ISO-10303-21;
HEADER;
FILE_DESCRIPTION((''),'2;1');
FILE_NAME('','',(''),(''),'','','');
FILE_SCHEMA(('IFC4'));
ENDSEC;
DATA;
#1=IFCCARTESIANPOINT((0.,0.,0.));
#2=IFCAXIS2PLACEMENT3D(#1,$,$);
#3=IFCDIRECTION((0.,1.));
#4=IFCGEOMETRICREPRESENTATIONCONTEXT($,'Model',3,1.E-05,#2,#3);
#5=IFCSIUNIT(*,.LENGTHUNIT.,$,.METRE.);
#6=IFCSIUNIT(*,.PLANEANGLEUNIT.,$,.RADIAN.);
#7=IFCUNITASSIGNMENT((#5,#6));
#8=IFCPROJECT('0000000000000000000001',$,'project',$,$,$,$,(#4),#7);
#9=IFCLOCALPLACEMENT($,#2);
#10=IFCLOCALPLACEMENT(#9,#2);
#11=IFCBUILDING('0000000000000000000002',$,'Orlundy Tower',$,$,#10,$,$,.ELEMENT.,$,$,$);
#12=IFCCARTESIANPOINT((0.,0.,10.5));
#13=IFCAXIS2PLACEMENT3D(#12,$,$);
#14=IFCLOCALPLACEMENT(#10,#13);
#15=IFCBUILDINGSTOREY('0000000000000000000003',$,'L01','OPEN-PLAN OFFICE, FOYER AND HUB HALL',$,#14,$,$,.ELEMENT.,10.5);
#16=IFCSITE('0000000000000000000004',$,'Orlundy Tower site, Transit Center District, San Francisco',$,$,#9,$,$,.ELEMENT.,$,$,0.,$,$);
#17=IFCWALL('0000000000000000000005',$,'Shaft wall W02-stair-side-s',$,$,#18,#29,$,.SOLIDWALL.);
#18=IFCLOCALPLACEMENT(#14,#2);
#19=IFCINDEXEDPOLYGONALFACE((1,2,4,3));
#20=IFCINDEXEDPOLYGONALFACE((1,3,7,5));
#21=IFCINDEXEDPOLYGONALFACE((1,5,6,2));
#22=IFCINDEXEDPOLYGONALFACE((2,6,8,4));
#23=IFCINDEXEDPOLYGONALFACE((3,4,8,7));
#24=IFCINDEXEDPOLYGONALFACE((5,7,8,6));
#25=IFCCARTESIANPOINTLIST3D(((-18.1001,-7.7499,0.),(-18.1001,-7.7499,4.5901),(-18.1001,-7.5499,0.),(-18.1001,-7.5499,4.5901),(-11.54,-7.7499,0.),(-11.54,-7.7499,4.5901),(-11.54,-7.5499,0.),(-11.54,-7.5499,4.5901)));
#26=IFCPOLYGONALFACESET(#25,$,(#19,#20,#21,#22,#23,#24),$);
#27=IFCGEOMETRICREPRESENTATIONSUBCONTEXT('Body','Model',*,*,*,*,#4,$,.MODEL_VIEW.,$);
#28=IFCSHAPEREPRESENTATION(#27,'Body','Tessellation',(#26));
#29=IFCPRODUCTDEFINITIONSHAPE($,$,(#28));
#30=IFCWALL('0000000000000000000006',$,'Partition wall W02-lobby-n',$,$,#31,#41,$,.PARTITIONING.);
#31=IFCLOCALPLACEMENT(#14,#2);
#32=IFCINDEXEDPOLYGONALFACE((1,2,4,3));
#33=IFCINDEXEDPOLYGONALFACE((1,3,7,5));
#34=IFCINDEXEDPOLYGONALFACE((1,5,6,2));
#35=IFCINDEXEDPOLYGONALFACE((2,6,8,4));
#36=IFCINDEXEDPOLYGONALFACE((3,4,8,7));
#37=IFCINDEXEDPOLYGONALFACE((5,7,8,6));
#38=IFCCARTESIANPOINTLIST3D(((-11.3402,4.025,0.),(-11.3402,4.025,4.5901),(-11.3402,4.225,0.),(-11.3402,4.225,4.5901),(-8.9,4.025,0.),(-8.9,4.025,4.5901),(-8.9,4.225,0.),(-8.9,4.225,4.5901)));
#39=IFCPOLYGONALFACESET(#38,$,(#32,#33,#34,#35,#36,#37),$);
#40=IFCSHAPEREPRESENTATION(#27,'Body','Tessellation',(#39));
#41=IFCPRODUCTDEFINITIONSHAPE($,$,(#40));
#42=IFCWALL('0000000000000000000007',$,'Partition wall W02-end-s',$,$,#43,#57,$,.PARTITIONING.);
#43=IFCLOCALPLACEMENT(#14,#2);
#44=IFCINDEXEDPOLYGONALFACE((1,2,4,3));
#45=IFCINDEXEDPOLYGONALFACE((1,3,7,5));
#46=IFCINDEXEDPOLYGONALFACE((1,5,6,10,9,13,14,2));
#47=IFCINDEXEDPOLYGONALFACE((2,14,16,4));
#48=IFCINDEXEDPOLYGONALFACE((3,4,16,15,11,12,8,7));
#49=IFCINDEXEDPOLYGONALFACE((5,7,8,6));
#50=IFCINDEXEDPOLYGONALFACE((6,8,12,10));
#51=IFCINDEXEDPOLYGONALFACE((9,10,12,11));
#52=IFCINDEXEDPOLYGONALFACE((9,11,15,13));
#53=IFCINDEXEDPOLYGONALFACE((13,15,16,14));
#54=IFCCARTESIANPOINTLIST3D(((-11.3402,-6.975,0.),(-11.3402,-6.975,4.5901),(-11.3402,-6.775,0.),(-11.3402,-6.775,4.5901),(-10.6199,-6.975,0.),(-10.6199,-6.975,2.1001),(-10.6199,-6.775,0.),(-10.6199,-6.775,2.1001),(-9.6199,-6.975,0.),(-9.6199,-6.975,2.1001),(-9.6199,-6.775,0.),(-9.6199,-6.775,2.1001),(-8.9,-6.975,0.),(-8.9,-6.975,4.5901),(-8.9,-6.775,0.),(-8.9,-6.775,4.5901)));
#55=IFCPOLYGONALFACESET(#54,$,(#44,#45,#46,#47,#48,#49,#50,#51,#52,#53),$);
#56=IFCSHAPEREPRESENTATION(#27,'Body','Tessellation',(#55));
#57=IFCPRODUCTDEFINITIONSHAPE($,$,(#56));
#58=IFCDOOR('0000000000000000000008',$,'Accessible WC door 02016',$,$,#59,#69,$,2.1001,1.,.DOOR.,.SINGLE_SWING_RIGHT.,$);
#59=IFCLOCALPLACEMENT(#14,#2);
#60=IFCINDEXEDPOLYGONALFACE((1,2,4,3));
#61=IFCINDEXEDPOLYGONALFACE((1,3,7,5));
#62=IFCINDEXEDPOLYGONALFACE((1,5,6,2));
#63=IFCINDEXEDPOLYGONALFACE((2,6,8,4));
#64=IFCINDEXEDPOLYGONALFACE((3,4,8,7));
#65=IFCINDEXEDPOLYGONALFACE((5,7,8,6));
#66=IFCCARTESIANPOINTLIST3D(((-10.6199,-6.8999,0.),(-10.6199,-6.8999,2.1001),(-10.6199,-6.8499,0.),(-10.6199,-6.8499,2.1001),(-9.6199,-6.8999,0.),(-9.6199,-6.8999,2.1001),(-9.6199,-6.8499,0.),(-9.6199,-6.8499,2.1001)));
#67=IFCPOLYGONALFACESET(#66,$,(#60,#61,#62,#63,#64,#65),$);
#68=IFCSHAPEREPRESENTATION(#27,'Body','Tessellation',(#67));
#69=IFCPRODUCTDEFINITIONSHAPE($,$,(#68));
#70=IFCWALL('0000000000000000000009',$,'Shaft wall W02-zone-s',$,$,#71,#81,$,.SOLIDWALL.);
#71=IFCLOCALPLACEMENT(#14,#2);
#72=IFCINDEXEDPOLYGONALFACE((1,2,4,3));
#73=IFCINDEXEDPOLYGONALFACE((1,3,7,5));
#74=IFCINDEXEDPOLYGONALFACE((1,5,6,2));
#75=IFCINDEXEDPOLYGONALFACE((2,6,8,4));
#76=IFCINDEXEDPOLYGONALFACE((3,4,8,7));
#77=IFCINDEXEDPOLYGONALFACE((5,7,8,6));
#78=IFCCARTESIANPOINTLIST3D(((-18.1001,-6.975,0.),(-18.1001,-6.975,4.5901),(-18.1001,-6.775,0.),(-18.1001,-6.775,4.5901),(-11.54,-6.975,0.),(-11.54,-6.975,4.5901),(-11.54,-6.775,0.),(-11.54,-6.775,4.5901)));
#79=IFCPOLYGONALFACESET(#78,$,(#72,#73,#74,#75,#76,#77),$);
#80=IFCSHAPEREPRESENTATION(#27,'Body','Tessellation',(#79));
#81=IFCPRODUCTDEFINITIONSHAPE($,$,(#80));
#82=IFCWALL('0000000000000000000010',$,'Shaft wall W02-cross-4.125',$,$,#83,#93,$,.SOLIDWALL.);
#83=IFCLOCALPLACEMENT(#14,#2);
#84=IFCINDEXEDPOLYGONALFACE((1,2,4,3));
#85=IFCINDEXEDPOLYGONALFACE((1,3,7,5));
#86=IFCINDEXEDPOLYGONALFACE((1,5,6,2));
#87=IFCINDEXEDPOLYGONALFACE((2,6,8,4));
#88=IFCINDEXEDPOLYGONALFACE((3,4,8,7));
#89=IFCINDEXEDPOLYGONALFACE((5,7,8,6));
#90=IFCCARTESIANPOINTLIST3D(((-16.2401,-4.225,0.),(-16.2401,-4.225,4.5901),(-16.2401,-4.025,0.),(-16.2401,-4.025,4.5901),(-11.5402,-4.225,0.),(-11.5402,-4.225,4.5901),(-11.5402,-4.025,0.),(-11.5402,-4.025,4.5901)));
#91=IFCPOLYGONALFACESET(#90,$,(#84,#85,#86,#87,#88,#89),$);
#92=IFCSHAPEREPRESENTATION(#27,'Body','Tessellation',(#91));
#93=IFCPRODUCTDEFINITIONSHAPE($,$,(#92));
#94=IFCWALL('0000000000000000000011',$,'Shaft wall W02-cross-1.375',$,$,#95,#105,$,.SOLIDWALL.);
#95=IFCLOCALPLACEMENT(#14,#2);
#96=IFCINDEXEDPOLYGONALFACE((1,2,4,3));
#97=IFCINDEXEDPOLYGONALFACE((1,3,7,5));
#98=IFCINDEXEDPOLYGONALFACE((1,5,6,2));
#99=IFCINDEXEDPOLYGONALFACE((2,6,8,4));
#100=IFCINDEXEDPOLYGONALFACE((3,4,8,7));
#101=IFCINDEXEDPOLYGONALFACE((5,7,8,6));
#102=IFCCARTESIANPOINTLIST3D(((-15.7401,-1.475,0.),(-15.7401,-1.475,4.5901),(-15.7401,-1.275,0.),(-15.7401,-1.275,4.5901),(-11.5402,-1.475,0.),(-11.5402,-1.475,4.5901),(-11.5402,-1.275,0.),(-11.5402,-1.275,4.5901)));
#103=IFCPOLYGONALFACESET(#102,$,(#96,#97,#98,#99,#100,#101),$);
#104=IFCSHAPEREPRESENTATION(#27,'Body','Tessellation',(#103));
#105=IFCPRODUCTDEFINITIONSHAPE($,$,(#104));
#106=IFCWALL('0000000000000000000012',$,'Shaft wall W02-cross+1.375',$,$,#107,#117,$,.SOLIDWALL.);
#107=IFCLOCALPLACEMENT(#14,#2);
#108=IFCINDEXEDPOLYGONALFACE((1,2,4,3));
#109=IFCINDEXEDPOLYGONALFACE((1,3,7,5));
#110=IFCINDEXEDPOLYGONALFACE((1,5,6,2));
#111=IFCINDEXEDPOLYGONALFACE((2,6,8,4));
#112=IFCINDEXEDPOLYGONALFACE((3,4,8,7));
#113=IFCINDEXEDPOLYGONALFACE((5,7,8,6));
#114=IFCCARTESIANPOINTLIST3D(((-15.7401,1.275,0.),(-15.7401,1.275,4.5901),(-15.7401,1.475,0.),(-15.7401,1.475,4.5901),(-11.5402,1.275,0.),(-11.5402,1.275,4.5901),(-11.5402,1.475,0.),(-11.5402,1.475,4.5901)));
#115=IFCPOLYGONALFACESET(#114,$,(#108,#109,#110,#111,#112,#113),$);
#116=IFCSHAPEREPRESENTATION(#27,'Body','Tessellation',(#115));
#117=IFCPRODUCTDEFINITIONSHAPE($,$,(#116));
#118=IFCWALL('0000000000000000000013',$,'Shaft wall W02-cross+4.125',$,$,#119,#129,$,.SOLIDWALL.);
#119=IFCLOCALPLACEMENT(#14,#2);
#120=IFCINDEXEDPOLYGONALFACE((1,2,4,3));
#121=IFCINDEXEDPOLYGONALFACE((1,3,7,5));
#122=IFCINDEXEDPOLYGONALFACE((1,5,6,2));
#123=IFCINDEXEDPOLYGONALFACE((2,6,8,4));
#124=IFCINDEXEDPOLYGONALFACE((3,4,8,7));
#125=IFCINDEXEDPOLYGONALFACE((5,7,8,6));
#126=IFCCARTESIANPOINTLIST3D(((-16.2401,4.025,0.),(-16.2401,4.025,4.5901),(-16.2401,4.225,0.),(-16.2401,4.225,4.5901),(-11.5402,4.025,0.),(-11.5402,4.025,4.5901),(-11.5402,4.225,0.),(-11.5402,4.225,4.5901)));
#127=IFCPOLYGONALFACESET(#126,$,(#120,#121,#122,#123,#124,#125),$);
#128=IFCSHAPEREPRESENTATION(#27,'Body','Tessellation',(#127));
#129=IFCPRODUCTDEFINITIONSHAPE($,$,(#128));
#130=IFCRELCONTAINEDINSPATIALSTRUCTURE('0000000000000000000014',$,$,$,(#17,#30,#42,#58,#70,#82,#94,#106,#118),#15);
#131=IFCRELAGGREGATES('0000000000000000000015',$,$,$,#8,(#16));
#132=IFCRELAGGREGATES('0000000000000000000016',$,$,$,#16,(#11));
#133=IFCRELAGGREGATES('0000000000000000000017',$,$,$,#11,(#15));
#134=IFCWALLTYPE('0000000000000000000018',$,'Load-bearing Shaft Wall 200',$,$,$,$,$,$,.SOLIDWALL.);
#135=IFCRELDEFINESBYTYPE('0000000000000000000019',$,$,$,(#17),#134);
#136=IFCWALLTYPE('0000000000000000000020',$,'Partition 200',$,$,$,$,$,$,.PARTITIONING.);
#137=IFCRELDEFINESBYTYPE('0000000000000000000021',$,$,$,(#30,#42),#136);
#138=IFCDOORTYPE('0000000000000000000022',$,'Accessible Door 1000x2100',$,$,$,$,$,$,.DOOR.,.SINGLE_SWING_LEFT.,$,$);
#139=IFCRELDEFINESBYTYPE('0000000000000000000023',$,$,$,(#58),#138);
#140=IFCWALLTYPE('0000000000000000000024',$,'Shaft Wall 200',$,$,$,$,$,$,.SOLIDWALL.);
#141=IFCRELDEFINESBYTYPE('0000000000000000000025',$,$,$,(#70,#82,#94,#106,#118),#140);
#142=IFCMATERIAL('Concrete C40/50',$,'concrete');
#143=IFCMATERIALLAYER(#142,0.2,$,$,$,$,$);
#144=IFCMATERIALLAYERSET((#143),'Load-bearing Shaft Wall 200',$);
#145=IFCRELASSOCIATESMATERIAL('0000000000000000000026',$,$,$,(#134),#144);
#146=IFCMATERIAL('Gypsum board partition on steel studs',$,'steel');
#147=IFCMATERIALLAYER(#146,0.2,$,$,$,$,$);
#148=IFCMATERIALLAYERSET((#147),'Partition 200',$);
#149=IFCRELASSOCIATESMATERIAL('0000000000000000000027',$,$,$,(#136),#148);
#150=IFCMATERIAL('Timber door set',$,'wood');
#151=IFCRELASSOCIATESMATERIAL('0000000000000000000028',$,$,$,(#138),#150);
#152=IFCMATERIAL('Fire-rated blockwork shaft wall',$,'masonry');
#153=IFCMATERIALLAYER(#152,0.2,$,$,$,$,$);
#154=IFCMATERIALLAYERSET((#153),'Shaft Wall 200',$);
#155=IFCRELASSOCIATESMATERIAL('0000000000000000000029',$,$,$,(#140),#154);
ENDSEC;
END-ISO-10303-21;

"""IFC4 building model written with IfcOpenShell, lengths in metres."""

from ifc_helpers import new_model, si_unit, direction, frame, frame_2d, origin, place, context, subcontext, project, spatial, rectangle, extrude, material, layer, layer_set, type_object, element, fill, save


model = new_model("IFC4")

# Units and contexts
model_context = context("Model", 3, precision=1e-05, world=origin(), true_north=direction((0.0, 1.0)))
body_context = subcontext(model_context, "Body", "Model", "MODEL_VIEW")
ifc_project = project(units=[si_unit("LENGTHUNIT", "METRE"), si_unit("PLANEANGLEUNIT", "RADIAN")], contexts=[model_context])

# Site, building, storey
site_placement = place(None, origin())
site = spatial("IfcSite", under=ifc_project, at=site_placement, Name="Orlundy Tower site, Transit Center District, San Francisco", CompositionType="ELEMENT", RefElevation=0.0)
building_placement = place(site_placement, origin())
building = spatial("IfcBuilding", under=site, at=building_placement, Name="Orlundy Tower", CompositionType="ELEMENT")
storey_placement = place(building_placement, frame((0.0, 0.0, 10.5)))
storey = spatial("IfcBuildingStorey", under=building, at=storey_placement, Name="L01", Description="OPEN-PLAN OFFICE, FOYER AND HUB HALL", CompositionType="ELEMENT", Elevation=10.5)

# Walls
ifc_material_1 = material(Name="Concrete C40/50", Category="concrete")
ifc_layer_1 = layer(ifc_material_1, 0.2)
ifc_layer_set_1 = layer_set([ifc_layer_1], Name="Load-bearing Shaft Wall 200")
wall_type_1 = type_object("IfcWallType", Name="Load-bearing Shaft Wall 200", PredefinedType="SOLIDWALL", material=ifc_layer_set_1)
wall_1_placement = place(storey_placement, frame((-11.54, -7.6499, 0.0), z_axis=(0.0, 0.0, 1.0), x_axis=(-1.0, 0.0, 0.0)))
element("IfcWall", 1, at=wall_1_placement, inside=storey, type_object=wall_type_1, Name="Shaft wall W02-stair-side-s", PredefinedType="SOLIDWALL", context=body_context, shape_type="SweptSolid", body=[
    extrude(rectangle(XDim=6.5601, YDim=0.2, at=frame_2d((3.28, 0.0))), origin(), (0.0, 0.0, 1.0), 4.5901),
])
ifc_material_2 = material(Name="Gypsum board partition on steel studs", Category="steel")
ifc_layer_2 = layer(ifc_material_2, 0.2)
ifc_layer_set_2 = layer_set([ifc_layer_2], Name="Partition 200")
wall_type_2 = type_object("IfcWallType", Name="Partition 200", PredefinedType="PARTITIONING", material=ifc_layer_set_2)
wall_2_placement = place(storey_placement, frame((-8.8999, 4.125, 0.0), z_axis=(0.0, 0.0, 1.0), x_axis=(-1.0, 0.0, 0.0)))
element("IfcWall", 2, at=wall_2_placement, inside=storey, type_object=wall_type_2, Name="Partition wall W02-lobby-n", PredefinedType="PARTITIONING", context=body_context, shape_type="SweptSolid", body=[
    extrude(rectangle(XDim=2.4402, YDim=0.2, at=frame_2d((1.2202, 0.0))), origin(), (0.0, 0.0, 1.0), 4.5901),
])

# Wall, opening, door
wall_3_placement = place(storey_placement, frame((-8.8999, -6.875, 0.0), z_axis=(0.0, 0.0, 1.0), x_axis=(-1.0, 0.0, 0.0)))
wall_3 = element("IfcWall", 3, at=wall_3_placement, inside=storey, type_object=wall_type_2, Name="Partition wall W02-end-s", PredefinedType="PARTITIONING", context=body_context, shape_type="SweptSolid", body=[
    extrude(rectangle(XDim=2.4402, YDim=0.2, at=frame_2d((1.2202, 0.0))), origin(), (0.0, 0.0, 1.0), 4.5901),
])
opening_1_placement = place(wall_3_placement, frame((0.72, 0.0, 0.0)))
opening_1 = element("IfcOpeningElement", 4, at=opening_1_placement, cuts=wall_3, PredefinedType="OPENING", context=body_context, shape_type="SweptSolid", body=[
    extrude(rectangle(XDim=1.0, YDim=2.1001, at=frame_2d((0.5, 1.05))), frame((0.0, 0.1101, 0.0), z_axis=(0.0, -1.0, 0.0), x_axis=(1.0, 0.0, 0.0)), (0.0, 0.0, 1.0), 0.2202),
])
ifc_material_3 = material(Name="Timber door set", Category="wood")
door_type_1 = type_object("IfcDoorType", Name="Accessible Door 1000x2100", OperationType="SINGLE_SWING_LEFT", PredefinedType="DOOR", material=ifc_material_3)
door_1_placement = place(opening_1_placement, origin())
door_1 = element("IfcDoor", 5, at=door_1_placement, inside=storey, type_object=door_type_1, Name="Accessible WC door 02016", OperationType="SINGLE_SWING_RIGHT", OverallHeight=2.1001, OverallWidth=1.0, PredefinedType="DOOR", context=body_context, shape_type="SweptSolid", body=[
    extrude(rectangle(XDim=1.0, YDim=2.1001, at=frame_2d((0.5, 1.05))), frame((0.0, 0.0249, 0.0), z_axis=(0.0, -1.0, 0.0), x_axis=(1.0, 0.0, 0.0)), (0.0, 0.0, 1.0), 0.05),
])
fill(opening_1, door_1)

# Walls
ifc_material_4 = material(Name="Fire-rated blockwork shaft wall", Category="masonry")
ifc_layer_3 = layer(ifc_material_4, 0.2)
ifc_layer_set_3 = layer_set([ifc_layer_3], Name="Shaft Wall 200")
wall_type_3 = type_object("IfcWallType", Name="Shaft Wall 200", PredefinedType="SOLIDWALL", material=ifc_layer_set_3)
wall_4_placement = place(storey_placement, frame((-11.54, -6.875, 0.0), z_axis=(0.0, 0.0, 1.0), x_axis=(-1.0, 0.0, 0.0)))
element("IfcWall", 6, at=wall_4_placement, inside=storey, type_object=wall_type_3, Name="Shaft wall W02-zone-s", PredefinedType="SOLIDWALL", context=body_context, shape_type="SweptSolid", body=[
    extrude(rectangle(XDim=6.5601, YDim=0.2, at=frame_2d((3.28, 0.0))), origin(), (0.0, 0.0, 1.0), 4.5901),
])
wall_5_placement = place(storey_placement, frame((-11.54, -4.125, 0.0), z_axis=(0.0, 0.0, 1.0), x_axis=(-1.0, 0.0, 0.0)))
element("IfcWall", 7, at=wall_5_placement, inside=storey, type_object=wall_type_3, Name="Shaft wall W02-cross-4.125", PredefinedType="SOLIDWALL", context=body_context, shape_type="SweptSolid", body=[
    extrude(rectangle(XDim=4.7, YDim=0.2, at=frame_2d((2.3501, 0.0))), origin(), (0.0, 0.0, 1.0), 4.5901),
])
for number, where, z_axis, x_axis, name in (
    (8, (-11.54, -1.375, 0.0), (0.0, 0.0, 1.0), (-1.0, 0.0, 0.0), "Shaft wall W02-cross-1.375"),
    (9, (-11.54, 1.375, 0.0), (0.0, 0.0, 1.0), (-1.0, 0.0, 0.0), "Shaft wall W02-cross+1.375"),
):
    element("IfcWall", number, at=place(storey_placement, frame(where, z_axis=z_axis, x_axis=x_axis)), inside=storey, type_object=wall_type_3, Name=name, PredefinedType="SOLIDWALL", context=body_context, shape_type="SweptSolid", body=[
        extrude(rectangle(XDim=4.2, YDim=0.2, at=frame_2d((2.1001, 0.0))), origin(), (0.0, 0.0, 1.0), 4.5901),
    ])
wall_6_placement = place(storey_placement, frame((-11.54, 4.125, 0.0), z_axis=(0.0, 0.0, 1.0), x_axis=(-1.0, 0.0, 0.0)))
element("IfcWall", 10, at=wall_6_placement, inside=storey, type_object=wall_type_3, Name="Shaft wall W02-cross+4.125", PredefinedType="SOLIDWALL", context=body_context, shape_type="SweptSolid", body=[
    extrude(rectangle(XDim=4.7, YDim=0.2, at=frame_2d((2.3501, 0.0))), origin(), (0.0, 0.0, 1.0), 4.5901),
])

save(model, "model.ifc")
